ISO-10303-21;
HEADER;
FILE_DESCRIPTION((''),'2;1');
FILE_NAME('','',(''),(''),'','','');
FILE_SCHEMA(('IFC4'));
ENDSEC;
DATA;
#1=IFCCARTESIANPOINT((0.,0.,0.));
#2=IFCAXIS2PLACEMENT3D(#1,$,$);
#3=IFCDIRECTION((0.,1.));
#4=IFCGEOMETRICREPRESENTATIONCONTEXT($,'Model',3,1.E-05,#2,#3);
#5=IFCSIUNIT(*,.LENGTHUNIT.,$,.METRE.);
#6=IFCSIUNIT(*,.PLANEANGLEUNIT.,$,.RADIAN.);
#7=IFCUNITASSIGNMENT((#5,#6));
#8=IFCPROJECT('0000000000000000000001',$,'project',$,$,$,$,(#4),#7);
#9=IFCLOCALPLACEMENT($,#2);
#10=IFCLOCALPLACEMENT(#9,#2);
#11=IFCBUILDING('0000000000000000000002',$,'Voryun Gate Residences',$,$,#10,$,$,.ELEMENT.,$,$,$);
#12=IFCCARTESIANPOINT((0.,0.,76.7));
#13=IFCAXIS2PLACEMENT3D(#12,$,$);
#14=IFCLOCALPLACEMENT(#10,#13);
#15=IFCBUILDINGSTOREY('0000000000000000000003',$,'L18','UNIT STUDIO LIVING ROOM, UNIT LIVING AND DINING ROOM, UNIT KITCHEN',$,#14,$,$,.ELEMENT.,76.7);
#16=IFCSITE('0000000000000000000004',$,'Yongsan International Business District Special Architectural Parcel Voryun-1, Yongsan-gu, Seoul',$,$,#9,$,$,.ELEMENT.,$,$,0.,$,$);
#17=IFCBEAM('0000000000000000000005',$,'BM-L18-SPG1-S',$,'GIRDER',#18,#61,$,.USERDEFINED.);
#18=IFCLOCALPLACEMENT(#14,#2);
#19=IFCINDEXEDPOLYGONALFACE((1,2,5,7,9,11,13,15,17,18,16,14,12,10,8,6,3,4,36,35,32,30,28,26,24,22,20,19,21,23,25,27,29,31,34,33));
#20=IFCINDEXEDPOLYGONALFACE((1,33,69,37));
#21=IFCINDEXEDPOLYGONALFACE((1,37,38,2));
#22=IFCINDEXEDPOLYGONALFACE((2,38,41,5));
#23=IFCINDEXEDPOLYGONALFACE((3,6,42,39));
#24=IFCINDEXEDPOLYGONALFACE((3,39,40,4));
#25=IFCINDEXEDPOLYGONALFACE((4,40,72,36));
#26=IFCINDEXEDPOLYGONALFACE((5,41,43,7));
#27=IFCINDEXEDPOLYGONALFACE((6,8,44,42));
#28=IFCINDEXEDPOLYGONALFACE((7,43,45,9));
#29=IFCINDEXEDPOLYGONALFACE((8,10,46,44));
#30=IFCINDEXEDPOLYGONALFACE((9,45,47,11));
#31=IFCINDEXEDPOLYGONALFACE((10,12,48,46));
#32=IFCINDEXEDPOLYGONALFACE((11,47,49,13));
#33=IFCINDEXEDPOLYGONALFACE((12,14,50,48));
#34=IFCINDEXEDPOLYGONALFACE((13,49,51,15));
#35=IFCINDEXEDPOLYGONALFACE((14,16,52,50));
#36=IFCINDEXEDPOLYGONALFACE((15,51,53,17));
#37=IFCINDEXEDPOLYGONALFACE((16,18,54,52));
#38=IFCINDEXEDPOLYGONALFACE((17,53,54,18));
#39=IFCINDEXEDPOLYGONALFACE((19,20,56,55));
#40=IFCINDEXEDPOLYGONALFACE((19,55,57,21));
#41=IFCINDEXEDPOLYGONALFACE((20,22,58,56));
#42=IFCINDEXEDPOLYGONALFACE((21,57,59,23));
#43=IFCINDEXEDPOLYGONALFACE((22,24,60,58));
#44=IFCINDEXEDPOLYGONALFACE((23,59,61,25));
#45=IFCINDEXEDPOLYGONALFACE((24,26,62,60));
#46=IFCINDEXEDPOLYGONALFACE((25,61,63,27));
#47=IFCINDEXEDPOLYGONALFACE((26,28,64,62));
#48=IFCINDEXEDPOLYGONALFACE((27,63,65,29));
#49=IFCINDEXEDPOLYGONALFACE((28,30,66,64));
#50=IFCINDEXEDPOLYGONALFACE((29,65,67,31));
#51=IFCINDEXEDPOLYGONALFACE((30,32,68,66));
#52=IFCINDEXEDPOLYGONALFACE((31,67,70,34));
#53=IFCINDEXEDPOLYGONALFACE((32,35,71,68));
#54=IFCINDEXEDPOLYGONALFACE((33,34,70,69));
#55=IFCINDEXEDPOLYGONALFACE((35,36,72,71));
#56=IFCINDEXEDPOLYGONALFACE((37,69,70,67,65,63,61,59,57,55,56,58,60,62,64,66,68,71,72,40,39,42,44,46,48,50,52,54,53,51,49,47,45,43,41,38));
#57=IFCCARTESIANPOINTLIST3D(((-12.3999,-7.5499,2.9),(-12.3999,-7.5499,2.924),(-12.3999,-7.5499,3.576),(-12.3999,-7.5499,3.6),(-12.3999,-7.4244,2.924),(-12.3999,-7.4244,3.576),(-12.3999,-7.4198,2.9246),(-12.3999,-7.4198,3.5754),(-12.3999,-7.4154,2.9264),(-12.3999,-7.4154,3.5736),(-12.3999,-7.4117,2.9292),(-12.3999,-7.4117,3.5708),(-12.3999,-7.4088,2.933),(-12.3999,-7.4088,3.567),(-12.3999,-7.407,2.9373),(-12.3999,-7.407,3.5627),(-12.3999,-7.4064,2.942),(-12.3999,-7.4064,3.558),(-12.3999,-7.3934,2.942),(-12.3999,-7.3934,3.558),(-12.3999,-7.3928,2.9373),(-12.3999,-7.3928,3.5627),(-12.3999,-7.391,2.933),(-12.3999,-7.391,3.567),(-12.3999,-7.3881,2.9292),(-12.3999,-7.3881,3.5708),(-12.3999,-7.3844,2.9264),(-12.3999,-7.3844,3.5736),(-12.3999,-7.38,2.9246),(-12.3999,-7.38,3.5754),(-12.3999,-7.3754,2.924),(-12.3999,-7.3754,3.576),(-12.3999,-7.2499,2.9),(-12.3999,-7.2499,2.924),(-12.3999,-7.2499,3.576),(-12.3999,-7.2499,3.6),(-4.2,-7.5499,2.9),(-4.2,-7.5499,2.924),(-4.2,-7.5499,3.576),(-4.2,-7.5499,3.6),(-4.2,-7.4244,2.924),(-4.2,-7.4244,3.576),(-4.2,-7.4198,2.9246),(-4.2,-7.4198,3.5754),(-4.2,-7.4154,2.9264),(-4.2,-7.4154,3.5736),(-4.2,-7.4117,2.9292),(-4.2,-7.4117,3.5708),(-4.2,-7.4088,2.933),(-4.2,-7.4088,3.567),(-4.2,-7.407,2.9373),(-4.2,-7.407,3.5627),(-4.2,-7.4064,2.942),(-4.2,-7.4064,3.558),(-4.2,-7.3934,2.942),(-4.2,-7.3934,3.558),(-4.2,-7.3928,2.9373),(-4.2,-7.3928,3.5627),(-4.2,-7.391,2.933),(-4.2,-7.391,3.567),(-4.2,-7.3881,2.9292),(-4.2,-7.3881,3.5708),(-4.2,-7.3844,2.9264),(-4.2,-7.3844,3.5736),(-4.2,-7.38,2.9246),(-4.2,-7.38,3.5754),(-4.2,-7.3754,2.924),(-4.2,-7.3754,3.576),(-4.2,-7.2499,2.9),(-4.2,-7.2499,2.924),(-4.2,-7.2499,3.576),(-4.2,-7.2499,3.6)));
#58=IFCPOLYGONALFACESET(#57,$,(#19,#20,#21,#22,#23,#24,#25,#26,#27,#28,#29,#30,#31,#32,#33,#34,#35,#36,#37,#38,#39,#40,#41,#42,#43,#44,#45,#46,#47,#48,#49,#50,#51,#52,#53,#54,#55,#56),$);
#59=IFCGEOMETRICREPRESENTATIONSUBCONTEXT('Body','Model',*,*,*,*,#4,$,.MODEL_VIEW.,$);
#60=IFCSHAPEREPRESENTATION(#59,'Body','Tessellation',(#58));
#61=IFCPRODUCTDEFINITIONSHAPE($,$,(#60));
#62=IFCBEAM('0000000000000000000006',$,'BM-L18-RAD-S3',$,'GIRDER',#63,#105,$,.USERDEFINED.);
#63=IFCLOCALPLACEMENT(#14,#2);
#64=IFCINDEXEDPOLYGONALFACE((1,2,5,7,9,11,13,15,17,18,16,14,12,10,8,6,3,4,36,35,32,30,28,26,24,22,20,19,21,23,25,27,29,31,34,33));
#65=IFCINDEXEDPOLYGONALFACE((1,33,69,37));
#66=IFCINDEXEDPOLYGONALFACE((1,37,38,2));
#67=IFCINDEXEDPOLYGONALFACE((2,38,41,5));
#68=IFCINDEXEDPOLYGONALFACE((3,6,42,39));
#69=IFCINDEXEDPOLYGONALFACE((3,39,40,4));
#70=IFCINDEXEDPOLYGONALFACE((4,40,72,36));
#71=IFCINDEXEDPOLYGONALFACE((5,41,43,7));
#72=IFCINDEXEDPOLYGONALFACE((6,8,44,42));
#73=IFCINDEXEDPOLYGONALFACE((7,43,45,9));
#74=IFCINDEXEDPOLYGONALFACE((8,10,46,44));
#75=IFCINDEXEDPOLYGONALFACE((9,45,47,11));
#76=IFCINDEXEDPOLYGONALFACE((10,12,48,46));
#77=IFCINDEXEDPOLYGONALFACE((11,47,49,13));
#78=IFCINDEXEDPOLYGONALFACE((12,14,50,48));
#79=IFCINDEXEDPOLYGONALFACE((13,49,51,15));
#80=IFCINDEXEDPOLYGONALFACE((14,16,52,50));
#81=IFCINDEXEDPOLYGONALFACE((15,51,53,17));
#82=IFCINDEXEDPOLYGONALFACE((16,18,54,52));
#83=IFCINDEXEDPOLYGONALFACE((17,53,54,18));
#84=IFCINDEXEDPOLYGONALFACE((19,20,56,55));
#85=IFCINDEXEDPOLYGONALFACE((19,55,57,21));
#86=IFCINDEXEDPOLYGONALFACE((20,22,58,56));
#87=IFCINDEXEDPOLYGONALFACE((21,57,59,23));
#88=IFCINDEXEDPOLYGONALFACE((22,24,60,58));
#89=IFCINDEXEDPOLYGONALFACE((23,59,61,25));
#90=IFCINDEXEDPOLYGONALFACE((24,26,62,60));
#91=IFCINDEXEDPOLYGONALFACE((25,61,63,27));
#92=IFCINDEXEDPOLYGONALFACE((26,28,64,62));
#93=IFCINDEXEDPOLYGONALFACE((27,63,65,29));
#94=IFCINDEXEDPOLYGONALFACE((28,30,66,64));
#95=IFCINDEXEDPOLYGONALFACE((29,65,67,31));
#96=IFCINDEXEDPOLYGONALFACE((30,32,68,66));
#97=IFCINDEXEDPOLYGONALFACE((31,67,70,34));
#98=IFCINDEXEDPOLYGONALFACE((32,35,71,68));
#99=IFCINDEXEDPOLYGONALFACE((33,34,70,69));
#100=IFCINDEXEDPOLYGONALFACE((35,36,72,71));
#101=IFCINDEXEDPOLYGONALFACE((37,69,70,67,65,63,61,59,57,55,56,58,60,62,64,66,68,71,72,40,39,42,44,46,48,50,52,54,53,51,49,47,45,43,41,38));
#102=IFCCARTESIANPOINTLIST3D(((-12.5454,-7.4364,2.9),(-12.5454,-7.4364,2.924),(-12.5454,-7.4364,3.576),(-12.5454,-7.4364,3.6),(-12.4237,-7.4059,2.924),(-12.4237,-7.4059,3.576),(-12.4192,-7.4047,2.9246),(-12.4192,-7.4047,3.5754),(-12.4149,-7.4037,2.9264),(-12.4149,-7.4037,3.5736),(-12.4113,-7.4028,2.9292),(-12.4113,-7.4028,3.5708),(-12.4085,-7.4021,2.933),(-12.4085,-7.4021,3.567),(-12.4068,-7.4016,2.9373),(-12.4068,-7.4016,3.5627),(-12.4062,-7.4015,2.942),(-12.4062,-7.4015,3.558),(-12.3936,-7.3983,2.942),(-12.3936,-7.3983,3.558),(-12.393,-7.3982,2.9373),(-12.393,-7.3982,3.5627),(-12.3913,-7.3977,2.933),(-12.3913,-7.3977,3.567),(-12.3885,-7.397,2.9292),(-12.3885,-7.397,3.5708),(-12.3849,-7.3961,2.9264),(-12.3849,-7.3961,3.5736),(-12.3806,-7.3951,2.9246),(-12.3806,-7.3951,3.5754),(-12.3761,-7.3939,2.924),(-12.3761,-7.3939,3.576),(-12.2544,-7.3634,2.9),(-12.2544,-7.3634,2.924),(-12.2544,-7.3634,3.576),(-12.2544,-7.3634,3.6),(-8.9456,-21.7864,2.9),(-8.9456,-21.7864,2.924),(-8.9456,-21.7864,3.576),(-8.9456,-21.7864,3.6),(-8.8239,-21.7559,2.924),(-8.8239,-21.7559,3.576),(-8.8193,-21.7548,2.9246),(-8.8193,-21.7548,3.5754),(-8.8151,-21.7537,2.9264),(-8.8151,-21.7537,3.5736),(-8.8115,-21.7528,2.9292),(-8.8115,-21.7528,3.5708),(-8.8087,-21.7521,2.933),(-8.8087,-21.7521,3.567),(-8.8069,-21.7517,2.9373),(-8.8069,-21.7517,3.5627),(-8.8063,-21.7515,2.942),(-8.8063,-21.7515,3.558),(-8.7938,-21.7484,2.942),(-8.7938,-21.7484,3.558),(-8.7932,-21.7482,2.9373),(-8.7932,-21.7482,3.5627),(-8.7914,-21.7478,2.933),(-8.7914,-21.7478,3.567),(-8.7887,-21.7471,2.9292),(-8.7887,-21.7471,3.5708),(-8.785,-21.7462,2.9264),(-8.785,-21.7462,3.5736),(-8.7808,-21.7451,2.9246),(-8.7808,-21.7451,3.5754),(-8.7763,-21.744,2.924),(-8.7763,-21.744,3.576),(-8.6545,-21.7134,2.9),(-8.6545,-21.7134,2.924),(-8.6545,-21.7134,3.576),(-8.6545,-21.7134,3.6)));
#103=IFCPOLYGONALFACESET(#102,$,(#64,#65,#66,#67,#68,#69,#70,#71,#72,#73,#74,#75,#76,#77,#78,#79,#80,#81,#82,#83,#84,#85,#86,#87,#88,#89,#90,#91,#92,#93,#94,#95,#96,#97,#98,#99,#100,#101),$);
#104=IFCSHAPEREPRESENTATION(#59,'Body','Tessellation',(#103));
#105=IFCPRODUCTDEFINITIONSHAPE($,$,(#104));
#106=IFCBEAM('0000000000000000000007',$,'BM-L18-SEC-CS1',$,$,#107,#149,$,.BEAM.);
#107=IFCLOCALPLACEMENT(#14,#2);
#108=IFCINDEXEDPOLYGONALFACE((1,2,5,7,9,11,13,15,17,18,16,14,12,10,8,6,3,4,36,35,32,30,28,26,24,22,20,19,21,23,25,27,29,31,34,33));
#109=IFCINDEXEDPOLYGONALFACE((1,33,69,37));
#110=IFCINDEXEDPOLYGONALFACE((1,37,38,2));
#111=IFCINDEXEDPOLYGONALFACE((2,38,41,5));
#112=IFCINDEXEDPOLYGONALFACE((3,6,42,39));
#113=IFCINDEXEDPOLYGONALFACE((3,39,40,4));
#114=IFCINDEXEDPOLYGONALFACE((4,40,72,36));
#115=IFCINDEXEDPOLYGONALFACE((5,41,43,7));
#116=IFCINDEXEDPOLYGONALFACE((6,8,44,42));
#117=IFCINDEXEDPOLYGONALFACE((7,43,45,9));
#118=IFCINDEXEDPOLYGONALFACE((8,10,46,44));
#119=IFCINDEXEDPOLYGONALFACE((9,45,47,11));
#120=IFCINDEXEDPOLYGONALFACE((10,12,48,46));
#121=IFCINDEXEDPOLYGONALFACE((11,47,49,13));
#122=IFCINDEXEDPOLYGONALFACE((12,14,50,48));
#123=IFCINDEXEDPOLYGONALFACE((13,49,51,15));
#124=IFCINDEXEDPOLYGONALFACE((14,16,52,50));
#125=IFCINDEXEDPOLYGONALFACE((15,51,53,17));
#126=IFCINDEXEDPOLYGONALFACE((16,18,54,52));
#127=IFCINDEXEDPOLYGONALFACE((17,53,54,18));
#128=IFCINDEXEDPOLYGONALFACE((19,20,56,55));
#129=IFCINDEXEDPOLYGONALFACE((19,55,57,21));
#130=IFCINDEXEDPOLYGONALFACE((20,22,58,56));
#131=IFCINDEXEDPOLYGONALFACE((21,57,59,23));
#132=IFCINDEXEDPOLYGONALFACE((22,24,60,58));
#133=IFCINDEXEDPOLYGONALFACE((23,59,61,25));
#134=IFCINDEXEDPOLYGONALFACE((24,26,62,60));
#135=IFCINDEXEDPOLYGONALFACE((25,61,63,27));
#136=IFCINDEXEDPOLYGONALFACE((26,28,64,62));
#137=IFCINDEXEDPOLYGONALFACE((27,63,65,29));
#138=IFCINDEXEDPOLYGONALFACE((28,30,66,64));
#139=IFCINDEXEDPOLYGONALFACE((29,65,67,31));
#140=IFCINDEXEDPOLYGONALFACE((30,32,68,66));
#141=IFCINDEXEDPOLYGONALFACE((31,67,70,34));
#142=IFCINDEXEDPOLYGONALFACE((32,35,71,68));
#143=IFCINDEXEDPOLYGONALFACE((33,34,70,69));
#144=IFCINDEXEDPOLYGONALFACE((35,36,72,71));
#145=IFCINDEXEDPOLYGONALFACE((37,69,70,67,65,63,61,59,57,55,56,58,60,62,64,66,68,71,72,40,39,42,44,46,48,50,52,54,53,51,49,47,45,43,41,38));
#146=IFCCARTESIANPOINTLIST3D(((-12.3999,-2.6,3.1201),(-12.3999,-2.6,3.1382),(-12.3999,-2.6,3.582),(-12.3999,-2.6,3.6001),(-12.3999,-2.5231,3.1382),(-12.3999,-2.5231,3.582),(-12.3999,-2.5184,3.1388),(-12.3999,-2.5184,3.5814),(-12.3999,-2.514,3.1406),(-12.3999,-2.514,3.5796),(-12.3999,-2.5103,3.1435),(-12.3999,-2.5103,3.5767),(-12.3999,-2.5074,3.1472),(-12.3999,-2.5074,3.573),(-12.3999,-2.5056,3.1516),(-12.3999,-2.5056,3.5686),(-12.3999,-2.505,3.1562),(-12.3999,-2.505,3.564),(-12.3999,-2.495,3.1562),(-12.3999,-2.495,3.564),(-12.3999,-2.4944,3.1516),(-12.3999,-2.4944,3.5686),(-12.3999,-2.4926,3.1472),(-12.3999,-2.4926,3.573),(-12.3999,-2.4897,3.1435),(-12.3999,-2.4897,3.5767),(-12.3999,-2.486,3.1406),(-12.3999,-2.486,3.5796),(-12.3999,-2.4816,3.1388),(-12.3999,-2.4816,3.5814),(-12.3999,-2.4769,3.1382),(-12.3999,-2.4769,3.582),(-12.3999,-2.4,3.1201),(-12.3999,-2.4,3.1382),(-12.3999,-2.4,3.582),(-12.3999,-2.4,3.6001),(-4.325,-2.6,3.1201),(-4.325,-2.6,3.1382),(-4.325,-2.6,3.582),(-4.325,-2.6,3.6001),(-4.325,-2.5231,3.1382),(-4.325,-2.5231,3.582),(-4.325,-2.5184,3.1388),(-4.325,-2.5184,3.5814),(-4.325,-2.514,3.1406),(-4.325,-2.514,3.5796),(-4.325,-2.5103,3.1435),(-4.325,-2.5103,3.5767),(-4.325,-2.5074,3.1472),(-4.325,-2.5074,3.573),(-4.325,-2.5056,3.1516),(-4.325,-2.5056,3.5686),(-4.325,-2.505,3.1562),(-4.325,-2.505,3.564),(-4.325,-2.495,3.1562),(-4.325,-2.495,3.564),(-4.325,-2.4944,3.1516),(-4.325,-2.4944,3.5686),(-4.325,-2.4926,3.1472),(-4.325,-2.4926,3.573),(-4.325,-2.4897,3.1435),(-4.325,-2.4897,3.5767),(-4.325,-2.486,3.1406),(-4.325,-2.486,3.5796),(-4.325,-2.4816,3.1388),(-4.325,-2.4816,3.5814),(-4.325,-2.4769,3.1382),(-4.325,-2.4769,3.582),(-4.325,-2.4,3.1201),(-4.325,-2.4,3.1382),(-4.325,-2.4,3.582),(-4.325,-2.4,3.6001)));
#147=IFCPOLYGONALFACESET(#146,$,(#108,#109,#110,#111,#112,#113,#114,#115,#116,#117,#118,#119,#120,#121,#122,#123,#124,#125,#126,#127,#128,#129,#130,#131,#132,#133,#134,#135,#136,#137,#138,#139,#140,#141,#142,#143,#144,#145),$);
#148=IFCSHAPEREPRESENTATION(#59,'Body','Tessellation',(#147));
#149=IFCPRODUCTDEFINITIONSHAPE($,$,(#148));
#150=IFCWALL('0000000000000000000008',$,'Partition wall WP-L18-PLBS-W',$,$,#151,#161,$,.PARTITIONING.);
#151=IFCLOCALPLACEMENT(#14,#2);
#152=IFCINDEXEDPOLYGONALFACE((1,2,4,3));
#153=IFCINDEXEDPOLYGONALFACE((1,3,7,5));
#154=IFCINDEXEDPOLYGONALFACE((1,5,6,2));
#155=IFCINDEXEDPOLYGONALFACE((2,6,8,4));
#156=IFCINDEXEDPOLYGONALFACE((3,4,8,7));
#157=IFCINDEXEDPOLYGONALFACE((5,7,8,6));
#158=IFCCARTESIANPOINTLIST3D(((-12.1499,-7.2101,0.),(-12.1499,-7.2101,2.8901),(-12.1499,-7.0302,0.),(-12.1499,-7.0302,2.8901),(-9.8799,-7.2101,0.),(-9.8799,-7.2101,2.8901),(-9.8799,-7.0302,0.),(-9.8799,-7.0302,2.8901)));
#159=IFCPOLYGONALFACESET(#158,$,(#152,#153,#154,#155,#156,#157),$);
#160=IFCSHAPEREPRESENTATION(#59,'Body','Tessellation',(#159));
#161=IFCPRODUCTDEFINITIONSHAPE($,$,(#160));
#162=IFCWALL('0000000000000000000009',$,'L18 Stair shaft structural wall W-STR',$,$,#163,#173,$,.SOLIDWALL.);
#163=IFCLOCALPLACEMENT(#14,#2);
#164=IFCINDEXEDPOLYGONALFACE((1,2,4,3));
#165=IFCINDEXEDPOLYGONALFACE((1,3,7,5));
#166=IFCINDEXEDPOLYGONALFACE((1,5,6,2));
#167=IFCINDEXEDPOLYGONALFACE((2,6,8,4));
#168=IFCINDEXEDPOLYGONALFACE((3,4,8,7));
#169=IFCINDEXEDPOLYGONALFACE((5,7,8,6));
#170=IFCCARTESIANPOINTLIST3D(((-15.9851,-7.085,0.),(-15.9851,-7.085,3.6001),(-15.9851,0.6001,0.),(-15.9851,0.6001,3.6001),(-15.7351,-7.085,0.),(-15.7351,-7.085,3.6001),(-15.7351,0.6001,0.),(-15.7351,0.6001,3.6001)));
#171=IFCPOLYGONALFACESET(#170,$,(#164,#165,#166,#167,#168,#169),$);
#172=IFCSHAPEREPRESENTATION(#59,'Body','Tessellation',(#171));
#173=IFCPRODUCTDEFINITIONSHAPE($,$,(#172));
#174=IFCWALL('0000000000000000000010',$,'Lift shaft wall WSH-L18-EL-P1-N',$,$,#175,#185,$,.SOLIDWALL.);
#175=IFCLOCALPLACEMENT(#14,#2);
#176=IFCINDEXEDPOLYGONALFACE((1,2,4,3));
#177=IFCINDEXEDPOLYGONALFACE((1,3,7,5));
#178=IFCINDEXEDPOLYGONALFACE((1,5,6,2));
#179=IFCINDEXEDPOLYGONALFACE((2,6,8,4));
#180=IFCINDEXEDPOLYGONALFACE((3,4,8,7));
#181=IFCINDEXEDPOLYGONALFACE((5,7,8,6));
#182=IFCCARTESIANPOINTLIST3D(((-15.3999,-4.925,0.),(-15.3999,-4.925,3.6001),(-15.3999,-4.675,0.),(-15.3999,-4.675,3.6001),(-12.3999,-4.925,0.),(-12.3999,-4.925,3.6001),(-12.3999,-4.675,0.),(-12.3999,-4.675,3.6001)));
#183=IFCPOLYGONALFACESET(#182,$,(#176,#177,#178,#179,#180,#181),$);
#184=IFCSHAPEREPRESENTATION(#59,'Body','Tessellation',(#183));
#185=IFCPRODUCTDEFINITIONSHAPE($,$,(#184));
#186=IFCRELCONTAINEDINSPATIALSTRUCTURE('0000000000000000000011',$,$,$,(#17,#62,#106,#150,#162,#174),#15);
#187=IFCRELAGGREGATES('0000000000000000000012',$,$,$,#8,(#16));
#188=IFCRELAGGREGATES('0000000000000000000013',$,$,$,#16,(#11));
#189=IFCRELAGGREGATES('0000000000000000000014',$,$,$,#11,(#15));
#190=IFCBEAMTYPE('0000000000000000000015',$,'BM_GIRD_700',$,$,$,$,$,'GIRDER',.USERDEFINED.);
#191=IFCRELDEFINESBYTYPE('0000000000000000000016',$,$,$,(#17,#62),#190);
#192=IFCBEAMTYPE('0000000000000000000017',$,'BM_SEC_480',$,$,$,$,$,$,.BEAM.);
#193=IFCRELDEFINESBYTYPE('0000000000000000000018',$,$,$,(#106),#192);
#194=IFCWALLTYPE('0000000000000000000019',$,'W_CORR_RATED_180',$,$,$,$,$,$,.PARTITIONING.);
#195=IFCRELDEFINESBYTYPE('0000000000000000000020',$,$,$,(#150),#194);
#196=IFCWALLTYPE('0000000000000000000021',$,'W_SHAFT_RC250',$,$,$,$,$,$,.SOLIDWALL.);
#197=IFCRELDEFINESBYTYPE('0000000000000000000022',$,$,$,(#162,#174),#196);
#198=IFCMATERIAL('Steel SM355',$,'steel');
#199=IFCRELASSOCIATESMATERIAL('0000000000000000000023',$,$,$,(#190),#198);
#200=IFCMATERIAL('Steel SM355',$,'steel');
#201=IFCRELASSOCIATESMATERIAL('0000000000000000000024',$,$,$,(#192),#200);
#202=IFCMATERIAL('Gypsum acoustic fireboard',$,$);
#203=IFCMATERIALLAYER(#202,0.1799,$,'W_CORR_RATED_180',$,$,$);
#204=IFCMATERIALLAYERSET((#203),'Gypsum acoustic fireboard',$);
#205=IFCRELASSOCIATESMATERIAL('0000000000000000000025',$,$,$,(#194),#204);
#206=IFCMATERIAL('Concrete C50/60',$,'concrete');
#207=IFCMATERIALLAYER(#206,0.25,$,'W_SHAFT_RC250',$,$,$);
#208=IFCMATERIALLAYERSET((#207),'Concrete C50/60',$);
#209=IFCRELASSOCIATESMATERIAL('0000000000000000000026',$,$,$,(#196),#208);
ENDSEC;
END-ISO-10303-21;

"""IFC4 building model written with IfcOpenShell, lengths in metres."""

from ifc_helpers import new_model, si_unit, direction, frame, frame_2d, origin, origin_2d, place, context, subcontext, project, spatial, rectangle, i_section, extrude, material, layer, layer_set, material_profile, profile_set, type_object, element, save


model = new_model("IFC4")

# Units and contexts
model_context = context("Model", 3, precision=1e-05, world=origin(), true_north=direction((0.0, 1.0)))
body_context = subcontext(model_context, "Body", "Model", "MODEL_VIEW")
ifc_project = project(units=[si_unit("LENGTHUNIT", "METRE"), si_unit("PLANEANGLEUNIT", "RADIAN")], contexts=[model_context])

# Site, building, storey
site_placement = place(None, origin())
site = spatial("IfcSite", under=ifc_project, at=site_placement, Name="Yongsan International Business District Special Architectural Parcel Voryun-1, Yongsan-gu, Seoul", CompositionType="ELEMENT", RefElevation=0.0)
building_placement = place(site_placement, origin())
building = spatial("IfcBuilding", under=site, at=building_placement, Name="Voryun Gate Residences", CompositionType="ELEMENT")
storey_placement = place(building_placement, frame((0.0, 0.0, 76.7)))
storey = spatial("IfcBuildingStorey", under=building, at=storey_placement, Name="L18", Description="UNIT STUDIO LIVING ROOM, UNIT LIVING AND DINING ROOM, UNIT KITCHEN", CompositionType="ELEMENT", Elevation=76.7)

# Beams
ifc_material_1 = material(Name="Steel SM355", Category="steel")
ifc_material_profile_1 = material_profile(ifc_material_1, i_section(OverallWidth=0.3, OverallDepth=0.7, WebThickness=0.0129, FlangeThickness=0.0239, FilletRadius=0.0181, at=origin_2d()), Name="H-700x300x13x24")
ifc_profile_set_1 = profile_set([ifc_material_profile_1], Name="Steel SM355")
beam_type_1 = type_object("IfcBeamType", Name="BM_GIRD_700", ElementType="GIRDER", PredefinedType="USERDEFINED", material=ifc_profile_set_1)
beam_1_placement = place(storey_placement, frame((-12.3999, -7.3999, 3.25), z_axis=(1.0, 0.0, 0.0), x_axis=(0.0, 1.0, 0.0)))
element("IfcBeam", 1, at=beam_1_placement, inside=storey, type_object=beam_type_1, Name="BM-L18-SPG1-S", ObjectType="GIRDER", PredefinedType="USERDEFINED", context=body_context, shape_type="SweptSolid", body=[
    extrude(i_section(OverallWidth=0.3, OverallDepth=0.7, WebThickness=0.0129, FlangeThickness=0.0239, FilletRadius=0.0181, at=origin_2d()), origin(), (0.0, 0.0, 1.0), 8.2),
])
beam_2_placement = place(storey_placement, frame((-12.3999, -7.3999, 3.25), z_axis=(0.24332, -0.969946, 0.0), x_axis=(0.969946, 0.24332, 0.0)))
element("IfcBeam", 2, at=beam_2_placement, inside=storey, type_object=beam_type_1, Name="BM-L18-RAD-S3", ObjectType="GIRDER", PredefinedType="USERDEFINED", context=body_context, shape_type="SweptSolid", body=[
    extrude(i_section(OverallWidth=0.3, OverallDepth=0.7, WebThickness=0.0129, FlangeThickness=0.0239, FilletRadius=0.0181, at=origin_2d()), origin(), (0.0, 0.0, 1.0), 14.7947),
])
ifc_material_2 = material(Name="Steel SM355", Category="steel")
ifc_material_profile_2 = material_profile(ifc_material_2, i_section(OverallWidth=0.2, OverallDepth=0.48, WebThickness=0.01, FlangeThickness=0.0181, FilletRadius=0.0181, at=origin_2d()), Name="H-480x200x10x18")
ifc_profile_set_2 = profile_set([ifc_material_profile_2], Name="Steel SM355")
beam_type_2 = type_object("IfcBeamType", Name="BM_SEC_480", PredefinedType="BEAM", material=ifc_profile_set_2)
beam_3_placement = place(storey_placement, frame((-12.3999, -2.5, 3.3601), z_axis=(1.0, 0.0, 0.0), x_axis=(0.0, 1.0, 0.0)))
element("IfcBeam", 3, at=beam_3_placement, inside=storey, type_object=beam_type_2, Name="BM-L18-SEC-CS1", PredefinedType="BEAM", context=body_context, shape_type="SweptSolid", body=[
    extrude(i_section(OverallWidth=0.2, OverallDepth=0.48, WebThickness=0.01, FlangeThickness=0.0181, FilletRadius=0.0181, at=origin_2d()), origin(), (0.0, 0.0, 1.0), 8.075),
])

# Walls
ifc_material_3 = material(Name="Gypsum acoustic fireboard")
ifc_layer_1 = layer(ifc_material_3, 0.1799, Name="W_CORR_RATED_180")
ifc_layer_set_1 = layer_set([ifc_layer_1], Name="Gypsum acoustic fireboard")
wall_type_1 = type_object("IfcWallType", Name="W_CORR_RATED_180", PredefinedType="PARTITIONING", material=ifc_layer_set_1)
wall_1_placement = place(storey_placement, frame((-12.1499, -7.1201, 0.0), z_axis=(0.0, 0.0, 1.0), x_axis=(1.0, 0.0, 0.0)))
element("IfcWall", 4, at=wall_1_placement, inside=storey, type_object=wall_type_1, Name="Partition wall WP-L18-PLBS-W", PredefinedType="PARTITIONING", context=body_context, shape_type="SweptSolid", body=[
    extrude(rectangle(XDim=2.27, YDim=0.1799, at=frame_2d((1.135, 0.0))), origin(), (0.0, 0.0, 1.0), 2.8901),
])
ifc_material_4 = material(Name="Concrete C50/60", Category="concrete")
ifc_layer_2 = layer(ifc_material_4, 0.25, Name="W_SHAFT_RC250")
ifc_layer_set_2 = layer_set([ifc_layer_2], Name="Concrete C50/60")
wall_type_2 = type_object("IfcWallType", Name="W_SHAFT_RC250", PredefinedType="SOLIDWALL", material=ifc_layer_set_2)
wall_2_placement = place(storey_placement, frame((-15.8601, -7.085, 0.0), z_axis=(0.0, 0.0, 1.0), x_axis=(0.0, 1.0, 0.0)))
element("IfcWall", 5, at=wall_2_placement, inside=storey, type_object=wall_type_2, Name="L18 Stair shaft structural wall W-STR", PredefinedType="SOLIDWALL", context=body_context, shape_type="SweptSolid", body=[
    extrude(rectangle(XDim=7.6851, YDim=0.25, at=frame_2d((3.8425, 0.0))), origin(), (0.0, 0.0, 1.0), 3.6001),
])
wall_3_placement = place(storey_placement, frame((-12.3999, -4.8, 0.0), z_axis=(0.0, 0.0, 1.0), x_axis=(-1.0, 0.0, 0.0)))
element("IfcWall", 6, at=wall_3_placement, inside=storey, type_object=wall_type_2, Name="Lift shaft wall WSH-L18-EL-P1-N", PredefinedType="SOLIDWALL", context=body_context, shape_type="SweptSolid", body=[
    extrude(rectangle(XDim=3.0, YDim=0.25, at=frame_2d((1.5, 0.0))), origin(), (0.0, 0.0, 1.0), 3.6001),
])

save(model, "model.ifc")
